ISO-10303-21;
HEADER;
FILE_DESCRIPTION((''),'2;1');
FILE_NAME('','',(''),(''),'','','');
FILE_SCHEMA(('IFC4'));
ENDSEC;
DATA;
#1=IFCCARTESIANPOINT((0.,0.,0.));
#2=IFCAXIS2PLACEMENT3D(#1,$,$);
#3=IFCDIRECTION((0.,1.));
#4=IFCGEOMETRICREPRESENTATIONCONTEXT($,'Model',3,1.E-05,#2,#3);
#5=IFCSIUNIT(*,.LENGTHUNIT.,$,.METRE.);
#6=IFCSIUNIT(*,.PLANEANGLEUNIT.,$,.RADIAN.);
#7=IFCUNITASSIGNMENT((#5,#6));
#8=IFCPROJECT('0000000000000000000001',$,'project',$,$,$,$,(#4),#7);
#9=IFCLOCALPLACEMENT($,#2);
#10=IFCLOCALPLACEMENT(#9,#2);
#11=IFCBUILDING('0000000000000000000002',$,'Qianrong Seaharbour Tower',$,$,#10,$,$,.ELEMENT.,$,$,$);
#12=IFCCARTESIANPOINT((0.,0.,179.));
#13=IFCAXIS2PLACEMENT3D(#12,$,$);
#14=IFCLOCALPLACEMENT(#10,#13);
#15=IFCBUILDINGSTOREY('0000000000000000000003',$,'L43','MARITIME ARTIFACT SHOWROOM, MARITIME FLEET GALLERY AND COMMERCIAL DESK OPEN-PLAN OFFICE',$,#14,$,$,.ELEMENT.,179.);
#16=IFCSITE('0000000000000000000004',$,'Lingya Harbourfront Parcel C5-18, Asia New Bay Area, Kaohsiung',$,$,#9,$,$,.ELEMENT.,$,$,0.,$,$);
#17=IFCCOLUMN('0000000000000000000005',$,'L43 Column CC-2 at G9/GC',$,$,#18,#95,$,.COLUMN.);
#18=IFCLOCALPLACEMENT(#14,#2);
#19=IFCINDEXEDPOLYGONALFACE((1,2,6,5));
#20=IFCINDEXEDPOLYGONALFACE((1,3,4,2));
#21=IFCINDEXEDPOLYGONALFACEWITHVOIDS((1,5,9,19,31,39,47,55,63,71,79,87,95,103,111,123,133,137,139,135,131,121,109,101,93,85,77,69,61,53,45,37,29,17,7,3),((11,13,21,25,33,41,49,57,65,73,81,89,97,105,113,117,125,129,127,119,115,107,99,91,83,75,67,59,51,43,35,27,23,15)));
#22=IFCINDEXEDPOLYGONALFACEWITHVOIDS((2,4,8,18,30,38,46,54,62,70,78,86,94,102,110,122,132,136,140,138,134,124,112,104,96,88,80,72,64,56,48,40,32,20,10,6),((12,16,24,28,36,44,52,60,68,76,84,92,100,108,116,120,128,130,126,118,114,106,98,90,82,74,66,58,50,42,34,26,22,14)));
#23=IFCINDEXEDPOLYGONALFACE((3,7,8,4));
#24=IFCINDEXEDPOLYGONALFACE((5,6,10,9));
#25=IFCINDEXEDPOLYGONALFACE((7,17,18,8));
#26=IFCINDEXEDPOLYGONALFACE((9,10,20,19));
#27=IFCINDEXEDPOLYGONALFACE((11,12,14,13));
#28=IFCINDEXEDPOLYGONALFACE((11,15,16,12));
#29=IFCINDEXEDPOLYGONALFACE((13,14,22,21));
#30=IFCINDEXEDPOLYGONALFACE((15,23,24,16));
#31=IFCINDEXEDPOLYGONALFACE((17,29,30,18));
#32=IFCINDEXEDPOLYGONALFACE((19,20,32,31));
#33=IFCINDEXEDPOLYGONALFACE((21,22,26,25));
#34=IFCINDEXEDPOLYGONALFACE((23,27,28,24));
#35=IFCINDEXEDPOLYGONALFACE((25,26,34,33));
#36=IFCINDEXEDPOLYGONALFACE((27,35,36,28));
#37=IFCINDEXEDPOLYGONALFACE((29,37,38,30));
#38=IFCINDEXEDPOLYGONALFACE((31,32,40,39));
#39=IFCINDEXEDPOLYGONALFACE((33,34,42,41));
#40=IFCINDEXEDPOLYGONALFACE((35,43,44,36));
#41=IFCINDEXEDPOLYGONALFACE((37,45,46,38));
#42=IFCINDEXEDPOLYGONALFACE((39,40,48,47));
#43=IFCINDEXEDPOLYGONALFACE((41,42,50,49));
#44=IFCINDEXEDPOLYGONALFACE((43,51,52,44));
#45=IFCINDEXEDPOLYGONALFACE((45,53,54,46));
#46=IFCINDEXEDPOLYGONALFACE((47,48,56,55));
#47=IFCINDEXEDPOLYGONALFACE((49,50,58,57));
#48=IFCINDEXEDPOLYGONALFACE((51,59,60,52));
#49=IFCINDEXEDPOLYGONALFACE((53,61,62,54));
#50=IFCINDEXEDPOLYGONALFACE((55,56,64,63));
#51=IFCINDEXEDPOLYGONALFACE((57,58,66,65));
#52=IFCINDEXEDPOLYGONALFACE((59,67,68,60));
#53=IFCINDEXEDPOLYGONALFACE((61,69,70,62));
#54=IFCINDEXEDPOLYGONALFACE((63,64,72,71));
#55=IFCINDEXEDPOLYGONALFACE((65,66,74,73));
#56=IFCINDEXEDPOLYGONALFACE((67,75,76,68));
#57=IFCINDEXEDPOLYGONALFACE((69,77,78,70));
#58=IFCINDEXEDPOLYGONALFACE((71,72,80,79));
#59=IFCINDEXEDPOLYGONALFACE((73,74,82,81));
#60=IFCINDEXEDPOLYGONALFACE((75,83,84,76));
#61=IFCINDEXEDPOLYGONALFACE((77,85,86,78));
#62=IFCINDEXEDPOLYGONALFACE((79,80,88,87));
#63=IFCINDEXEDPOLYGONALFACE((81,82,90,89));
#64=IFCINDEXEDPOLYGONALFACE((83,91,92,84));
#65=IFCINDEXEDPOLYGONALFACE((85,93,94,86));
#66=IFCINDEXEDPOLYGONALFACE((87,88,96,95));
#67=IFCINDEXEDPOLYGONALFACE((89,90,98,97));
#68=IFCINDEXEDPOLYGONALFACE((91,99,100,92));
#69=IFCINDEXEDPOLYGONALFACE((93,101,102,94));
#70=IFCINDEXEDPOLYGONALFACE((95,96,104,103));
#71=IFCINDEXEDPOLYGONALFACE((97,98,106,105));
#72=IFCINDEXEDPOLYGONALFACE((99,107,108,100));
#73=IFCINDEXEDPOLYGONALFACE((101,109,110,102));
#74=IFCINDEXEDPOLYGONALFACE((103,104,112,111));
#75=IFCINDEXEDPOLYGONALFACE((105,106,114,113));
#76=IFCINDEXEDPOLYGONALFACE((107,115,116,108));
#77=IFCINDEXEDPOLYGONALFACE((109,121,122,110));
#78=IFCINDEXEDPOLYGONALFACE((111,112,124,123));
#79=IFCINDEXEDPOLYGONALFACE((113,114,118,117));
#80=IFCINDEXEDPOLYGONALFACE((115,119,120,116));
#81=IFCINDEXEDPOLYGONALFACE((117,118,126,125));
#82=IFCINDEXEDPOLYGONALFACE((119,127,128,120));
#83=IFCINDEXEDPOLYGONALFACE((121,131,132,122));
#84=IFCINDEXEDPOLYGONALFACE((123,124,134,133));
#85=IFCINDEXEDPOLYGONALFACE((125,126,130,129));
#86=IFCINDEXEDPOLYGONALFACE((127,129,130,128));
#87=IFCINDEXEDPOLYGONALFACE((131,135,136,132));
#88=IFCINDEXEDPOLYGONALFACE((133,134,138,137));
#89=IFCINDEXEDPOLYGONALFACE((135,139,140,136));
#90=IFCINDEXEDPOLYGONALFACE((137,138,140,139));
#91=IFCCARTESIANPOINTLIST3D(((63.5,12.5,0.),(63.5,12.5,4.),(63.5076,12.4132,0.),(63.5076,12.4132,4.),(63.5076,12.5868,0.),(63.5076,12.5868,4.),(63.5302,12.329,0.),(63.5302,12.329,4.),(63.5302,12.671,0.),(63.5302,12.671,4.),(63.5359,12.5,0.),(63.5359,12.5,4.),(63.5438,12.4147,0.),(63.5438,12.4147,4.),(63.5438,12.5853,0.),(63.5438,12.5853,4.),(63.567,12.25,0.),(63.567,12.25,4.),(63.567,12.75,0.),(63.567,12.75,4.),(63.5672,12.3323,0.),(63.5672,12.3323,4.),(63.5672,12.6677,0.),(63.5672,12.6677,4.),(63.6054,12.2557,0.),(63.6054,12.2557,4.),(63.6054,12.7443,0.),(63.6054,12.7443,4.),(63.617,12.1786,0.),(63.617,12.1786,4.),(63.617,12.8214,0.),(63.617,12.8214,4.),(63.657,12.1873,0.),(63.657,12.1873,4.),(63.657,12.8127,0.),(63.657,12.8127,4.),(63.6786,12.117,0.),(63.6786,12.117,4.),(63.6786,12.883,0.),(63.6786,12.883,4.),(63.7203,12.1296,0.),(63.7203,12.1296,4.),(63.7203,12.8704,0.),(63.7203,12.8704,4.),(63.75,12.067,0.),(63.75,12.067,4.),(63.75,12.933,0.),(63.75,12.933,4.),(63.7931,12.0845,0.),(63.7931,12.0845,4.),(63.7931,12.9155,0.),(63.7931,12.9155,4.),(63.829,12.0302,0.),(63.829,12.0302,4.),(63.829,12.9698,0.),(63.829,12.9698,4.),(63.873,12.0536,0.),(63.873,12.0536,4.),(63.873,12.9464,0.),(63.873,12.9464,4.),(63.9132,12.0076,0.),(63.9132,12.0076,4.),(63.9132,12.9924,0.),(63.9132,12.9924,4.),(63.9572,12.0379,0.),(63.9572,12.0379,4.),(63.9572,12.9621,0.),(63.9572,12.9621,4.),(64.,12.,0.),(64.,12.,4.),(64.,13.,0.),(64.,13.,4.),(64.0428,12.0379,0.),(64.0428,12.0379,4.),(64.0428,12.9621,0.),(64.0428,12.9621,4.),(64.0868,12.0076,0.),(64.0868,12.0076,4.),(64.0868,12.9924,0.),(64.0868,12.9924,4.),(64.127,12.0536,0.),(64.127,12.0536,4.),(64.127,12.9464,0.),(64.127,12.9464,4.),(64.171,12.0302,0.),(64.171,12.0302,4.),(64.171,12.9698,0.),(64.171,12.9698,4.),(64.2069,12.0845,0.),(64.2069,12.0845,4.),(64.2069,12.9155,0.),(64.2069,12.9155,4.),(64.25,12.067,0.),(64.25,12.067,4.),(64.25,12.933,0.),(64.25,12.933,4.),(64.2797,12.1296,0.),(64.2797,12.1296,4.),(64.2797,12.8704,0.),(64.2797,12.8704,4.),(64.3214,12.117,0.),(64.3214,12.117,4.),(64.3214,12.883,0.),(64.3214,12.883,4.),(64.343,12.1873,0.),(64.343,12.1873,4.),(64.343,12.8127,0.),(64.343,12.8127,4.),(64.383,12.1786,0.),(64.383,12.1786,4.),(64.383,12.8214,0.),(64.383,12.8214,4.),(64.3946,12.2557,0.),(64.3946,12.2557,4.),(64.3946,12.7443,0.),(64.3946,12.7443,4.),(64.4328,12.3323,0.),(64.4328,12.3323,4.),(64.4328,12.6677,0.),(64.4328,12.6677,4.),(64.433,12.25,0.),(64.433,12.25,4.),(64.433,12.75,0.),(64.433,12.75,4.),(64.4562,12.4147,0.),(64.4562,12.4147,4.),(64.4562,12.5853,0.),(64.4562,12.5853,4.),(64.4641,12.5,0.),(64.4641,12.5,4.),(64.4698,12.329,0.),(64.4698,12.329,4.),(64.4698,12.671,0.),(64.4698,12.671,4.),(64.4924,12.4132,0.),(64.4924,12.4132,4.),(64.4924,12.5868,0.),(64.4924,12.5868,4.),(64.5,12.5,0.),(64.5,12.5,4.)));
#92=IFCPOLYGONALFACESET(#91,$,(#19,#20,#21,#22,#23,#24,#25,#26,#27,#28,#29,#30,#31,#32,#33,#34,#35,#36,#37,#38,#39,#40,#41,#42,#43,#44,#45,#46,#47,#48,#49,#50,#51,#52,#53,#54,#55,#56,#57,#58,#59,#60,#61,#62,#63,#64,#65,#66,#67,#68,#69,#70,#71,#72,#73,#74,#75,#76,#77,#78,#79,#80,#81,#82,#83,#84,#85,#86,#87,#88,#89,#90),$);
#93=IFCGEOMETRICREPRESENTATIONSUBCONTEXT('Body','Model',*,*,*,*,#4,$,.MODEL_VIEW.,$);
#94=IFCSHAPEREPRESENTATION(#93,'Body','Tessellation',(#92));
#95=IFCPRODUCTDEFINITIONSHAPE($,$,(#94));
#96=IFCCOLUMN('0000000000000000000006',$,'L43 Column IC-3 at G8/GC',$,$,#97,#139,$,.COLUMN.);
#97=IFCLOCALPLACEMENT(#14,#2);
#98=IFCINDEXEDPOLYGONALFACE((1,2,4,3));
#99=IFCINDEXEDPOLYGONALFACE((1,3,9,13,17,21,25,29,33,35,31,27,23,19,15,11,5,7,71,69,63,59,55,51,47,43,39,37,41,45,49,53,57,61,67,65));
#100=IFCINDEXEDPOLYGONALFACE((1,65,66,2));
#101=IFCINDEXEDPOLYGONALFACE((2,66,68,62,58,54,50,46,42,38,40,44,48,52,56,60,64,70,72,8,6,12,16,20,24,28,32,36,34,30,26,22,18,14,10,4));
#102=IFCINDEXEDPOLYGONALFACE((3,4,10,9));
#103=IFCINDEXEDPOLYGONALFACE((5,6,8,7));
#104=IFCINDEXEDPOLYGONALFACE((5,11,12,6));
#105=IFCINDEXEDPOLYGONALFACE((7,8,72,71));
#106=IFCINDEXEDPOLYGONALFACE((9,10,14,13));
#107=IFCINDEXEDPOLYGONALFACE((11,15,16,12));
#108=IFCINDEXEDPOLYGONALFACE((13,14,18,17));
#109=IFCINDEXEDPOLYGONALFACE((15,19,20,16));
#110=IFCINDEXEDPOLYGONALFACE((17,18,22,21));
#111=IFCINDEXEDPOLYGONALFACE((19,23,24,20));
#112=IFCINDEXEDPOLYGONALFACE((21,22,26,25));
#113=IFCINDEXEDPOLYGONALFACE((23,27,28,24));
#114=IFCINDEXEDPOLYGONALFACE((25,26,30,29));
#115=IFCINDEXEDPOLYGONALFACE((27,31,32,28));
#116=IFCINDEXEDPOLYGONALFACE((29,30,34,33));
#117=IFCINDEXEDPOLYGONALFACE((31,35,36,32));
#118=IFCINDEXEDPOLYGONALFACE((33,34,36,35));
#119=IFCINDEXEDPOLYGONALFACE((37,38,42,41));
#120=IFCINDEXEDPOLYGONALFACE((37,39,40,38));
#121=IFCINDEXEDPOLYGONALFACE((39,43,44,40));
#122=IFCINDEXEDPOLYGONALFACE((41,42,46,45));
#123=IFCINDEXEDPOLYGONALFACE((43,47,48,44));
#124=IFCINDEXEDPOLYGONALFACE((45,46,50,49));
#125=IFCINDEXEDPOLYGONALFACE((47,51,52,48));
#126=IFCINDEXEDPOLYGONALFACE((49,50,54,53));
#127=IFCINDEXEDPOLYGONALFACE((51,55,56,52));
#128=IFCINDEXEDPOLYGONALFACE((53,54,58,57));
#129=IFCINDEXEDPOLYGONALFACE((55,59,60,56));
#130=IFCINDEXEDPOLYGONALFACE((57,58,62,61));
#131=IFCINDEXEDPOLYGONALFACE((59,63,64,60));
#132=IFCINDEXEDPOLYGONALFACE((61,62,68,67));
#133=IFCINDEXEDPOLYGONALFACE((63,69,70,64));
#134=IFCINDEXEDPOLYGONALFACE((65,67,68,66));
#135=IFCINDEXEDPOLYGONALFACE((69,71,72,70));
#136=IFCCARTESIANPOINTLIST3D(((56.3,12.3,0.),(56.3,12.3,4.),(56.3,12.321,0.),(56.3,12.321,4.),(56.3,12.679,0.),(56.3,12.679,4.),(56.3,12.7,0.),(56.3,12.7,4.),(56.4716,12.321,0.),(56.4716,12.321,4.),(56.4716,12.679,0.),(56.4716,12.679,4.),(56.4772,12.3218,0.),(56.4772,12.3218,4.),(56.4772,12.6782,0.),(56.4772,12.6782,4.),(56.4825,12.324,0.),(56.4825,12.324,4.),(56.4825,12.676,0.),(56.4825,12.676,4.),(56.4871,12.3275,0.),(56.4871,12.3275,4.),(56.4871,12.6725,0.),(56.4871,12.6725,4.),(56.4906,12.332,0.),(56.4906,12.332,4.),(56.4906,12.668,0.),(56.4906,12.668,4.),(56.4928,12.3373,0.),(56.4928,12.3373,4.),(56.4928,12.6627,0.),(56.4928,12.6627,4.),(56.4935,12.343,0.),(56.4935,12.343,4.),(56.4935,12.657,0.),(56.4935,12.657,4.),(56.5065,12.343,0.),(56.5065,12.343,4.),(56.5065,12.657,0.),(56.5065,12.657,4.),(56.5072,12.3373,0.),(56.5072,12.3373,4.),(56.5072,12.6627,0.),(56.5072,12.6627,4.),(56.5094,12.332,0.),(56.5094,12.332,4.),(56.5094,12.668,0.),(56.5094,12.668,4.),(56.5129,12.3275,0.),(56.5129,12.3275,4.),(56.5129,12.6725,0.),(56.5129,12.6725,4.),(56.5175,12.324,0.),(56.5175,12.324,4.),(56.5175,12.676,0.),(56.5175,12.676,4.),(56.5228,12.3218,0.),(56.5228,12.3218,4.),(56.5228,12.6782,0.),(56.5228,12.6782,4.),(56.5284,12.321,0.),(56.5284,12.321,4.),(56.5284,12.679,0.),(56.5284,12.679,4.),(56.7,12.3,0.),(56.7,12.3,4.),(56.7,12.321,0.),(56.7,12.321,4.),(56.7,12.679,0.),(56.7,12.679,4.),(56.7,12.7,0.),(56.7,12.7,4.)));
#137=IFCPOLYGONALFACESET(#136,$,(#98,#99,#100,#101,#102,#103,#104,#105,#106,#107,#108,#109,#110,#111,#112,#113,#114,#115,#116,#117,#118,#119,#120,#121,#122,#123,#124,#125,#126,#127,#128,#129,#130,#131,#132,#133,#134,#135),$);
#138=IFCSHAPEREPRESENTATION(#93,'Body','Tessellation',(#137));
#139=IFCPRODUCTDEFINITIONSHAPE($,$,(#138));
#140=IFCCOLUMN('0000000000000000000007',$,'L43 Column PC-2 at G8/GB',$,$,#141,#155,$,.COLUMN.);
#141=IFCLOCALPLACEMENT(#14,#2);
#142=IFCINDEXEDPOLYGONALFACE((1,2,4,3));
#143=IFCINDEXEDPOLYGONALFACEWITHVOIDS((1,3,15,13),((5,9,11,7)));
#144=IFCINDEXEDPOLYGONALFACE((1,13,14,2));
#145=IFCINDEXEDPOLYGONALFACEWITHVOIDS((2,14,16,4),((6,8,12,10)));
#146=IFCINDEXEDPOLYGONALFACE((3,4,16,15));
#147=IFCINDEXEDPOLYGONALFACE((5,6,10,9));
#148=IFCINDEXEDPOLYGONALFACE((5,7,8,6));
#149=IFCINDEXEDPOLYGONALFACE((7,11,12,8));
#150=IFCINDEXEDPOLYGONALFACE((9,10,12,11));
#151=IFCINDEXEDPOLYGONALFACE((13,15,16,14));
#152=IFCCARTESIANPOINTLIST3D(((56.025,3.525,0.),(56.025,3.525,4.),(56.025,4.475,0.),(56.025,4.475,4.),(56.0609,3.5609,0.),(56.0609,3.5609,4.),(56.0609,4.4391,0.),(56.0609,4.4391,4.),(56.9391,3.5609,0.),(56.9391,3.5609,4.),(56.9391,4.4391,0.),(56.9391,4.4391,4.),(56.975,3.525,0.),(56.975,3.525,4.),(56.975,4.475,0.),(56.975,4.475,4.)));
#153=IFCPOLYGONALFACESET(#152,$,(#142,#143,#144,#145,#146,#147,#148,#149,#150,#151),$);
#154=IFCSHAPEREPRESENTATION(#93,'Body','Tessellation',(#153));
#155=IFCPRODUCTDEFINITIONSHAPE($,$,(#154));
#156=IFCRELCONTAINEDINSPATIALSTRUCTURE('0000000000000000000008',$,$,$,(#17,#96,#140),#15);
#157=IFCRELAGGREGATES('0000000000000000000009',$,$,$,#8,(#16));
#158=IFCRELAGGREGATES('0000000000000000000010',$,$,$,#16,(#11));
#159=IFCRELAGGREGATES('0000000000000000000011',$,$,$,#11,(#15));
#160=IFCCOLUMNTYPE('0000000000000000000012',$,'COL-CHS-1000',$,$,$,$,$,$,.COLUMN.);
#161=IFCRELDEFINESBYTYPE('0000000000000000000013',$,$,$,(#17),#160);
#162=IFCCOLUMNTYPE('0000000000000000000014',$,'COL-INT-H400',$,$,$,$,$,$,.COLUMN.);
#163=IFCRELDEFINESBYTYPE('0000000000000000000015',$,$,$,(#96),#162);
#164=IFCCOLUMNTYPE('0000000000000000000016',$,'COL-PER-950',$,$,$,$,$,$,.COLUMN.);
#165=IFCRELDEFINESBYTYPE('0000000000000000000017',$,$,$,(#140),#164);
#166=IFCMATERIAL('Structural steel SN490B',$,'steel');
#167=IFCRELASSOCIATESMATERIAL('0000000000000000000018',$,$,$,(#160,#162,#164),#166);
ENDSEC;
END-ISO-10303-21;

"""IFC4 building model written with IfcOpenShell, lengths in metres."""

from ifc_helpers import new_model, si_unit, direction, frame, origin, origin_2d, place, context, subcontext, project, spatial, hollow_rectangle, hollow_circle, i_section, extrude, material, material_profile, profile_set, type_object, element, save


model = new_model("IFC4")

# Units and contexts
model_context = context("Model", 3, precision=1e-05, world=origin(), true_north=direction((0.0, 1.0)))
body_context = subcontext(model_context, "Body", "Model", "MODEL_VIEW")
ifc_project = project(units=[si_unit("LENGTHUNIT", "METRE"), si_unit("PLANEANGLEUNIT", "RADIAN")], contexts=[model_context])

# Site, building, storey
site_placement = place(None, origin())
site = spatial("IfcSite", under=ifc_project, at=site_placement, Name="Lingya Harbourfront Parcel C5-18, Asia New Bay Area, Kaohsiung", CompositionType="ELEMENT", RefElevation=0.0)
building_placement = place(site_placement, origin())
building = spatial("IfcBuilding", under=site, at=building_placement, Name="Qianrong Seaharbour Tower", CompositionType="ELEMENT")
storey_placement = place(building_placement, frame((0.0, 0.0, 179.0)))
storey = spatial("IfcBuildingStorey", under=building, at=storey_placement, Name="L43", Description="MARITIME ARTIFACT SHOWROOM, MARITIME FLEET GALLERY AND COMMERCIAL DESK OPEN-PLAN OFFICE", CompositionType="ELEMENT", Elevation=179.0)

# Columns
ifc_material_1 = material(Name="Structural steel SN490B", Category="steel")
ifc_material_profile_1 = material_profile(ifc_material_1, hollow_circle(Radius=0.5, WallThickness=0.0359, at=origin_2d()), Name="CHS1000x36")
ifc_profile_set_1 = profile_set([ifc_material_profile_1], Name="Structural steel SN490B")
column_type_1 = type_object("IfcColumnType", Name="COL-CHS-1000", PredefinedType="COLUMN", material=ifc_profile_set_1)
column_1_placement = place(storey_placement, frame((64.0, 12.5, 0.0), z_axis=(0.0, 0.0, 1.0), x_axis=(1.0, 0.0, 0.0)))
element("IfcColumn", 1, at=column_1_placement, inside=storey, type_object=column_type_1, Name="L43 Column CC-2 at G9/GC", PredefinedType="COLUMN", context=body_context, shape_type="SweptSolid", body=[
    extrude(hollow_circle(Radius=0.5, WallThickness=0.0359, at=origin_2d()), origin(), (0.0, 0.0, 1.0), 4.0),
])
ifc_material_profile_2 = material_profile(ifc_material_1, i_section(OverallWidth=0.3999, OverallDepth=0.3999, WebThickness=0.0129, FlangeThickness=0.021, FilletRadius=0.022, at=origin_2d()), Name="H400x400x13x21")
ifc_profile_set_2 = profile_set([ifc_material_profile_2], Name="Structural steel SN490B")
column_type_2 = type_object("IfcColumnType", Name="COL-INT-H400", PredefinedType="COLUMN", material=ifc_profile_set_2)
column_2_placement = place(storey_placement, frame((56.5, 12.5, 0.0), z_axis=(0.0, 0.0, 1.0), x_axis=(1.0, 0.0, 0.0)))
element("IfcColumn", 2, at=column_2_placement, inside=storey, type_object=column_type_2, Name="L43 Column IC-3 at G8/GC", PredefinedType="COLUMN", context=body_context, shape_type="SweptSolid", body=[
    extrude(i_section(OverallWidth=0.3999, OverallDepth=0.3999, WebThickness=0.0129, FlangeThickness=0.021, FilletRadius=0.022, at=origin_2d()), origin(), (0.0, 0.0, 1.0), 4.0),
])
ifc_material_profile_3 = material_profile(ifc_material_1, hollow_rectangle(XDim=0.95, YDim=0.95, WallThickness=0.0359, at=origin_2d()), Name="BOX950x950x36")
ifc_profile_set_3 = profile_set([ifc_material_profile_3], Name="Structural steel SN490B")
column_type_3 = type_object("IfcColumnType", Name="COL-PER-950", PredefinedType="COLUMN", material=ifc_profile_set_3)
column_3_placement = place(storey_placement, frame((56.5, 4.0, 0.0), z_axis=(0.0, 0.0, 1.0), x_axis=(1.0, 0.0, 0.0)))
element("IfcColumn", 3, at=column_3_placement, inside=storey, type_object=column_type_3, Name="L43 Column PC-2 at G8/GB", PredefinedType="COLUMN", context=body_context, shape_type="SweptSolid", body=[
    extrude(hollow_rectangle(XDim=0.95, YDim=0.95, WallThickness=0.0359, at=origin_2d()), origin(), (0.0, 0.0, 1.0), 4.0),
])

save(model, "model.ifc")
